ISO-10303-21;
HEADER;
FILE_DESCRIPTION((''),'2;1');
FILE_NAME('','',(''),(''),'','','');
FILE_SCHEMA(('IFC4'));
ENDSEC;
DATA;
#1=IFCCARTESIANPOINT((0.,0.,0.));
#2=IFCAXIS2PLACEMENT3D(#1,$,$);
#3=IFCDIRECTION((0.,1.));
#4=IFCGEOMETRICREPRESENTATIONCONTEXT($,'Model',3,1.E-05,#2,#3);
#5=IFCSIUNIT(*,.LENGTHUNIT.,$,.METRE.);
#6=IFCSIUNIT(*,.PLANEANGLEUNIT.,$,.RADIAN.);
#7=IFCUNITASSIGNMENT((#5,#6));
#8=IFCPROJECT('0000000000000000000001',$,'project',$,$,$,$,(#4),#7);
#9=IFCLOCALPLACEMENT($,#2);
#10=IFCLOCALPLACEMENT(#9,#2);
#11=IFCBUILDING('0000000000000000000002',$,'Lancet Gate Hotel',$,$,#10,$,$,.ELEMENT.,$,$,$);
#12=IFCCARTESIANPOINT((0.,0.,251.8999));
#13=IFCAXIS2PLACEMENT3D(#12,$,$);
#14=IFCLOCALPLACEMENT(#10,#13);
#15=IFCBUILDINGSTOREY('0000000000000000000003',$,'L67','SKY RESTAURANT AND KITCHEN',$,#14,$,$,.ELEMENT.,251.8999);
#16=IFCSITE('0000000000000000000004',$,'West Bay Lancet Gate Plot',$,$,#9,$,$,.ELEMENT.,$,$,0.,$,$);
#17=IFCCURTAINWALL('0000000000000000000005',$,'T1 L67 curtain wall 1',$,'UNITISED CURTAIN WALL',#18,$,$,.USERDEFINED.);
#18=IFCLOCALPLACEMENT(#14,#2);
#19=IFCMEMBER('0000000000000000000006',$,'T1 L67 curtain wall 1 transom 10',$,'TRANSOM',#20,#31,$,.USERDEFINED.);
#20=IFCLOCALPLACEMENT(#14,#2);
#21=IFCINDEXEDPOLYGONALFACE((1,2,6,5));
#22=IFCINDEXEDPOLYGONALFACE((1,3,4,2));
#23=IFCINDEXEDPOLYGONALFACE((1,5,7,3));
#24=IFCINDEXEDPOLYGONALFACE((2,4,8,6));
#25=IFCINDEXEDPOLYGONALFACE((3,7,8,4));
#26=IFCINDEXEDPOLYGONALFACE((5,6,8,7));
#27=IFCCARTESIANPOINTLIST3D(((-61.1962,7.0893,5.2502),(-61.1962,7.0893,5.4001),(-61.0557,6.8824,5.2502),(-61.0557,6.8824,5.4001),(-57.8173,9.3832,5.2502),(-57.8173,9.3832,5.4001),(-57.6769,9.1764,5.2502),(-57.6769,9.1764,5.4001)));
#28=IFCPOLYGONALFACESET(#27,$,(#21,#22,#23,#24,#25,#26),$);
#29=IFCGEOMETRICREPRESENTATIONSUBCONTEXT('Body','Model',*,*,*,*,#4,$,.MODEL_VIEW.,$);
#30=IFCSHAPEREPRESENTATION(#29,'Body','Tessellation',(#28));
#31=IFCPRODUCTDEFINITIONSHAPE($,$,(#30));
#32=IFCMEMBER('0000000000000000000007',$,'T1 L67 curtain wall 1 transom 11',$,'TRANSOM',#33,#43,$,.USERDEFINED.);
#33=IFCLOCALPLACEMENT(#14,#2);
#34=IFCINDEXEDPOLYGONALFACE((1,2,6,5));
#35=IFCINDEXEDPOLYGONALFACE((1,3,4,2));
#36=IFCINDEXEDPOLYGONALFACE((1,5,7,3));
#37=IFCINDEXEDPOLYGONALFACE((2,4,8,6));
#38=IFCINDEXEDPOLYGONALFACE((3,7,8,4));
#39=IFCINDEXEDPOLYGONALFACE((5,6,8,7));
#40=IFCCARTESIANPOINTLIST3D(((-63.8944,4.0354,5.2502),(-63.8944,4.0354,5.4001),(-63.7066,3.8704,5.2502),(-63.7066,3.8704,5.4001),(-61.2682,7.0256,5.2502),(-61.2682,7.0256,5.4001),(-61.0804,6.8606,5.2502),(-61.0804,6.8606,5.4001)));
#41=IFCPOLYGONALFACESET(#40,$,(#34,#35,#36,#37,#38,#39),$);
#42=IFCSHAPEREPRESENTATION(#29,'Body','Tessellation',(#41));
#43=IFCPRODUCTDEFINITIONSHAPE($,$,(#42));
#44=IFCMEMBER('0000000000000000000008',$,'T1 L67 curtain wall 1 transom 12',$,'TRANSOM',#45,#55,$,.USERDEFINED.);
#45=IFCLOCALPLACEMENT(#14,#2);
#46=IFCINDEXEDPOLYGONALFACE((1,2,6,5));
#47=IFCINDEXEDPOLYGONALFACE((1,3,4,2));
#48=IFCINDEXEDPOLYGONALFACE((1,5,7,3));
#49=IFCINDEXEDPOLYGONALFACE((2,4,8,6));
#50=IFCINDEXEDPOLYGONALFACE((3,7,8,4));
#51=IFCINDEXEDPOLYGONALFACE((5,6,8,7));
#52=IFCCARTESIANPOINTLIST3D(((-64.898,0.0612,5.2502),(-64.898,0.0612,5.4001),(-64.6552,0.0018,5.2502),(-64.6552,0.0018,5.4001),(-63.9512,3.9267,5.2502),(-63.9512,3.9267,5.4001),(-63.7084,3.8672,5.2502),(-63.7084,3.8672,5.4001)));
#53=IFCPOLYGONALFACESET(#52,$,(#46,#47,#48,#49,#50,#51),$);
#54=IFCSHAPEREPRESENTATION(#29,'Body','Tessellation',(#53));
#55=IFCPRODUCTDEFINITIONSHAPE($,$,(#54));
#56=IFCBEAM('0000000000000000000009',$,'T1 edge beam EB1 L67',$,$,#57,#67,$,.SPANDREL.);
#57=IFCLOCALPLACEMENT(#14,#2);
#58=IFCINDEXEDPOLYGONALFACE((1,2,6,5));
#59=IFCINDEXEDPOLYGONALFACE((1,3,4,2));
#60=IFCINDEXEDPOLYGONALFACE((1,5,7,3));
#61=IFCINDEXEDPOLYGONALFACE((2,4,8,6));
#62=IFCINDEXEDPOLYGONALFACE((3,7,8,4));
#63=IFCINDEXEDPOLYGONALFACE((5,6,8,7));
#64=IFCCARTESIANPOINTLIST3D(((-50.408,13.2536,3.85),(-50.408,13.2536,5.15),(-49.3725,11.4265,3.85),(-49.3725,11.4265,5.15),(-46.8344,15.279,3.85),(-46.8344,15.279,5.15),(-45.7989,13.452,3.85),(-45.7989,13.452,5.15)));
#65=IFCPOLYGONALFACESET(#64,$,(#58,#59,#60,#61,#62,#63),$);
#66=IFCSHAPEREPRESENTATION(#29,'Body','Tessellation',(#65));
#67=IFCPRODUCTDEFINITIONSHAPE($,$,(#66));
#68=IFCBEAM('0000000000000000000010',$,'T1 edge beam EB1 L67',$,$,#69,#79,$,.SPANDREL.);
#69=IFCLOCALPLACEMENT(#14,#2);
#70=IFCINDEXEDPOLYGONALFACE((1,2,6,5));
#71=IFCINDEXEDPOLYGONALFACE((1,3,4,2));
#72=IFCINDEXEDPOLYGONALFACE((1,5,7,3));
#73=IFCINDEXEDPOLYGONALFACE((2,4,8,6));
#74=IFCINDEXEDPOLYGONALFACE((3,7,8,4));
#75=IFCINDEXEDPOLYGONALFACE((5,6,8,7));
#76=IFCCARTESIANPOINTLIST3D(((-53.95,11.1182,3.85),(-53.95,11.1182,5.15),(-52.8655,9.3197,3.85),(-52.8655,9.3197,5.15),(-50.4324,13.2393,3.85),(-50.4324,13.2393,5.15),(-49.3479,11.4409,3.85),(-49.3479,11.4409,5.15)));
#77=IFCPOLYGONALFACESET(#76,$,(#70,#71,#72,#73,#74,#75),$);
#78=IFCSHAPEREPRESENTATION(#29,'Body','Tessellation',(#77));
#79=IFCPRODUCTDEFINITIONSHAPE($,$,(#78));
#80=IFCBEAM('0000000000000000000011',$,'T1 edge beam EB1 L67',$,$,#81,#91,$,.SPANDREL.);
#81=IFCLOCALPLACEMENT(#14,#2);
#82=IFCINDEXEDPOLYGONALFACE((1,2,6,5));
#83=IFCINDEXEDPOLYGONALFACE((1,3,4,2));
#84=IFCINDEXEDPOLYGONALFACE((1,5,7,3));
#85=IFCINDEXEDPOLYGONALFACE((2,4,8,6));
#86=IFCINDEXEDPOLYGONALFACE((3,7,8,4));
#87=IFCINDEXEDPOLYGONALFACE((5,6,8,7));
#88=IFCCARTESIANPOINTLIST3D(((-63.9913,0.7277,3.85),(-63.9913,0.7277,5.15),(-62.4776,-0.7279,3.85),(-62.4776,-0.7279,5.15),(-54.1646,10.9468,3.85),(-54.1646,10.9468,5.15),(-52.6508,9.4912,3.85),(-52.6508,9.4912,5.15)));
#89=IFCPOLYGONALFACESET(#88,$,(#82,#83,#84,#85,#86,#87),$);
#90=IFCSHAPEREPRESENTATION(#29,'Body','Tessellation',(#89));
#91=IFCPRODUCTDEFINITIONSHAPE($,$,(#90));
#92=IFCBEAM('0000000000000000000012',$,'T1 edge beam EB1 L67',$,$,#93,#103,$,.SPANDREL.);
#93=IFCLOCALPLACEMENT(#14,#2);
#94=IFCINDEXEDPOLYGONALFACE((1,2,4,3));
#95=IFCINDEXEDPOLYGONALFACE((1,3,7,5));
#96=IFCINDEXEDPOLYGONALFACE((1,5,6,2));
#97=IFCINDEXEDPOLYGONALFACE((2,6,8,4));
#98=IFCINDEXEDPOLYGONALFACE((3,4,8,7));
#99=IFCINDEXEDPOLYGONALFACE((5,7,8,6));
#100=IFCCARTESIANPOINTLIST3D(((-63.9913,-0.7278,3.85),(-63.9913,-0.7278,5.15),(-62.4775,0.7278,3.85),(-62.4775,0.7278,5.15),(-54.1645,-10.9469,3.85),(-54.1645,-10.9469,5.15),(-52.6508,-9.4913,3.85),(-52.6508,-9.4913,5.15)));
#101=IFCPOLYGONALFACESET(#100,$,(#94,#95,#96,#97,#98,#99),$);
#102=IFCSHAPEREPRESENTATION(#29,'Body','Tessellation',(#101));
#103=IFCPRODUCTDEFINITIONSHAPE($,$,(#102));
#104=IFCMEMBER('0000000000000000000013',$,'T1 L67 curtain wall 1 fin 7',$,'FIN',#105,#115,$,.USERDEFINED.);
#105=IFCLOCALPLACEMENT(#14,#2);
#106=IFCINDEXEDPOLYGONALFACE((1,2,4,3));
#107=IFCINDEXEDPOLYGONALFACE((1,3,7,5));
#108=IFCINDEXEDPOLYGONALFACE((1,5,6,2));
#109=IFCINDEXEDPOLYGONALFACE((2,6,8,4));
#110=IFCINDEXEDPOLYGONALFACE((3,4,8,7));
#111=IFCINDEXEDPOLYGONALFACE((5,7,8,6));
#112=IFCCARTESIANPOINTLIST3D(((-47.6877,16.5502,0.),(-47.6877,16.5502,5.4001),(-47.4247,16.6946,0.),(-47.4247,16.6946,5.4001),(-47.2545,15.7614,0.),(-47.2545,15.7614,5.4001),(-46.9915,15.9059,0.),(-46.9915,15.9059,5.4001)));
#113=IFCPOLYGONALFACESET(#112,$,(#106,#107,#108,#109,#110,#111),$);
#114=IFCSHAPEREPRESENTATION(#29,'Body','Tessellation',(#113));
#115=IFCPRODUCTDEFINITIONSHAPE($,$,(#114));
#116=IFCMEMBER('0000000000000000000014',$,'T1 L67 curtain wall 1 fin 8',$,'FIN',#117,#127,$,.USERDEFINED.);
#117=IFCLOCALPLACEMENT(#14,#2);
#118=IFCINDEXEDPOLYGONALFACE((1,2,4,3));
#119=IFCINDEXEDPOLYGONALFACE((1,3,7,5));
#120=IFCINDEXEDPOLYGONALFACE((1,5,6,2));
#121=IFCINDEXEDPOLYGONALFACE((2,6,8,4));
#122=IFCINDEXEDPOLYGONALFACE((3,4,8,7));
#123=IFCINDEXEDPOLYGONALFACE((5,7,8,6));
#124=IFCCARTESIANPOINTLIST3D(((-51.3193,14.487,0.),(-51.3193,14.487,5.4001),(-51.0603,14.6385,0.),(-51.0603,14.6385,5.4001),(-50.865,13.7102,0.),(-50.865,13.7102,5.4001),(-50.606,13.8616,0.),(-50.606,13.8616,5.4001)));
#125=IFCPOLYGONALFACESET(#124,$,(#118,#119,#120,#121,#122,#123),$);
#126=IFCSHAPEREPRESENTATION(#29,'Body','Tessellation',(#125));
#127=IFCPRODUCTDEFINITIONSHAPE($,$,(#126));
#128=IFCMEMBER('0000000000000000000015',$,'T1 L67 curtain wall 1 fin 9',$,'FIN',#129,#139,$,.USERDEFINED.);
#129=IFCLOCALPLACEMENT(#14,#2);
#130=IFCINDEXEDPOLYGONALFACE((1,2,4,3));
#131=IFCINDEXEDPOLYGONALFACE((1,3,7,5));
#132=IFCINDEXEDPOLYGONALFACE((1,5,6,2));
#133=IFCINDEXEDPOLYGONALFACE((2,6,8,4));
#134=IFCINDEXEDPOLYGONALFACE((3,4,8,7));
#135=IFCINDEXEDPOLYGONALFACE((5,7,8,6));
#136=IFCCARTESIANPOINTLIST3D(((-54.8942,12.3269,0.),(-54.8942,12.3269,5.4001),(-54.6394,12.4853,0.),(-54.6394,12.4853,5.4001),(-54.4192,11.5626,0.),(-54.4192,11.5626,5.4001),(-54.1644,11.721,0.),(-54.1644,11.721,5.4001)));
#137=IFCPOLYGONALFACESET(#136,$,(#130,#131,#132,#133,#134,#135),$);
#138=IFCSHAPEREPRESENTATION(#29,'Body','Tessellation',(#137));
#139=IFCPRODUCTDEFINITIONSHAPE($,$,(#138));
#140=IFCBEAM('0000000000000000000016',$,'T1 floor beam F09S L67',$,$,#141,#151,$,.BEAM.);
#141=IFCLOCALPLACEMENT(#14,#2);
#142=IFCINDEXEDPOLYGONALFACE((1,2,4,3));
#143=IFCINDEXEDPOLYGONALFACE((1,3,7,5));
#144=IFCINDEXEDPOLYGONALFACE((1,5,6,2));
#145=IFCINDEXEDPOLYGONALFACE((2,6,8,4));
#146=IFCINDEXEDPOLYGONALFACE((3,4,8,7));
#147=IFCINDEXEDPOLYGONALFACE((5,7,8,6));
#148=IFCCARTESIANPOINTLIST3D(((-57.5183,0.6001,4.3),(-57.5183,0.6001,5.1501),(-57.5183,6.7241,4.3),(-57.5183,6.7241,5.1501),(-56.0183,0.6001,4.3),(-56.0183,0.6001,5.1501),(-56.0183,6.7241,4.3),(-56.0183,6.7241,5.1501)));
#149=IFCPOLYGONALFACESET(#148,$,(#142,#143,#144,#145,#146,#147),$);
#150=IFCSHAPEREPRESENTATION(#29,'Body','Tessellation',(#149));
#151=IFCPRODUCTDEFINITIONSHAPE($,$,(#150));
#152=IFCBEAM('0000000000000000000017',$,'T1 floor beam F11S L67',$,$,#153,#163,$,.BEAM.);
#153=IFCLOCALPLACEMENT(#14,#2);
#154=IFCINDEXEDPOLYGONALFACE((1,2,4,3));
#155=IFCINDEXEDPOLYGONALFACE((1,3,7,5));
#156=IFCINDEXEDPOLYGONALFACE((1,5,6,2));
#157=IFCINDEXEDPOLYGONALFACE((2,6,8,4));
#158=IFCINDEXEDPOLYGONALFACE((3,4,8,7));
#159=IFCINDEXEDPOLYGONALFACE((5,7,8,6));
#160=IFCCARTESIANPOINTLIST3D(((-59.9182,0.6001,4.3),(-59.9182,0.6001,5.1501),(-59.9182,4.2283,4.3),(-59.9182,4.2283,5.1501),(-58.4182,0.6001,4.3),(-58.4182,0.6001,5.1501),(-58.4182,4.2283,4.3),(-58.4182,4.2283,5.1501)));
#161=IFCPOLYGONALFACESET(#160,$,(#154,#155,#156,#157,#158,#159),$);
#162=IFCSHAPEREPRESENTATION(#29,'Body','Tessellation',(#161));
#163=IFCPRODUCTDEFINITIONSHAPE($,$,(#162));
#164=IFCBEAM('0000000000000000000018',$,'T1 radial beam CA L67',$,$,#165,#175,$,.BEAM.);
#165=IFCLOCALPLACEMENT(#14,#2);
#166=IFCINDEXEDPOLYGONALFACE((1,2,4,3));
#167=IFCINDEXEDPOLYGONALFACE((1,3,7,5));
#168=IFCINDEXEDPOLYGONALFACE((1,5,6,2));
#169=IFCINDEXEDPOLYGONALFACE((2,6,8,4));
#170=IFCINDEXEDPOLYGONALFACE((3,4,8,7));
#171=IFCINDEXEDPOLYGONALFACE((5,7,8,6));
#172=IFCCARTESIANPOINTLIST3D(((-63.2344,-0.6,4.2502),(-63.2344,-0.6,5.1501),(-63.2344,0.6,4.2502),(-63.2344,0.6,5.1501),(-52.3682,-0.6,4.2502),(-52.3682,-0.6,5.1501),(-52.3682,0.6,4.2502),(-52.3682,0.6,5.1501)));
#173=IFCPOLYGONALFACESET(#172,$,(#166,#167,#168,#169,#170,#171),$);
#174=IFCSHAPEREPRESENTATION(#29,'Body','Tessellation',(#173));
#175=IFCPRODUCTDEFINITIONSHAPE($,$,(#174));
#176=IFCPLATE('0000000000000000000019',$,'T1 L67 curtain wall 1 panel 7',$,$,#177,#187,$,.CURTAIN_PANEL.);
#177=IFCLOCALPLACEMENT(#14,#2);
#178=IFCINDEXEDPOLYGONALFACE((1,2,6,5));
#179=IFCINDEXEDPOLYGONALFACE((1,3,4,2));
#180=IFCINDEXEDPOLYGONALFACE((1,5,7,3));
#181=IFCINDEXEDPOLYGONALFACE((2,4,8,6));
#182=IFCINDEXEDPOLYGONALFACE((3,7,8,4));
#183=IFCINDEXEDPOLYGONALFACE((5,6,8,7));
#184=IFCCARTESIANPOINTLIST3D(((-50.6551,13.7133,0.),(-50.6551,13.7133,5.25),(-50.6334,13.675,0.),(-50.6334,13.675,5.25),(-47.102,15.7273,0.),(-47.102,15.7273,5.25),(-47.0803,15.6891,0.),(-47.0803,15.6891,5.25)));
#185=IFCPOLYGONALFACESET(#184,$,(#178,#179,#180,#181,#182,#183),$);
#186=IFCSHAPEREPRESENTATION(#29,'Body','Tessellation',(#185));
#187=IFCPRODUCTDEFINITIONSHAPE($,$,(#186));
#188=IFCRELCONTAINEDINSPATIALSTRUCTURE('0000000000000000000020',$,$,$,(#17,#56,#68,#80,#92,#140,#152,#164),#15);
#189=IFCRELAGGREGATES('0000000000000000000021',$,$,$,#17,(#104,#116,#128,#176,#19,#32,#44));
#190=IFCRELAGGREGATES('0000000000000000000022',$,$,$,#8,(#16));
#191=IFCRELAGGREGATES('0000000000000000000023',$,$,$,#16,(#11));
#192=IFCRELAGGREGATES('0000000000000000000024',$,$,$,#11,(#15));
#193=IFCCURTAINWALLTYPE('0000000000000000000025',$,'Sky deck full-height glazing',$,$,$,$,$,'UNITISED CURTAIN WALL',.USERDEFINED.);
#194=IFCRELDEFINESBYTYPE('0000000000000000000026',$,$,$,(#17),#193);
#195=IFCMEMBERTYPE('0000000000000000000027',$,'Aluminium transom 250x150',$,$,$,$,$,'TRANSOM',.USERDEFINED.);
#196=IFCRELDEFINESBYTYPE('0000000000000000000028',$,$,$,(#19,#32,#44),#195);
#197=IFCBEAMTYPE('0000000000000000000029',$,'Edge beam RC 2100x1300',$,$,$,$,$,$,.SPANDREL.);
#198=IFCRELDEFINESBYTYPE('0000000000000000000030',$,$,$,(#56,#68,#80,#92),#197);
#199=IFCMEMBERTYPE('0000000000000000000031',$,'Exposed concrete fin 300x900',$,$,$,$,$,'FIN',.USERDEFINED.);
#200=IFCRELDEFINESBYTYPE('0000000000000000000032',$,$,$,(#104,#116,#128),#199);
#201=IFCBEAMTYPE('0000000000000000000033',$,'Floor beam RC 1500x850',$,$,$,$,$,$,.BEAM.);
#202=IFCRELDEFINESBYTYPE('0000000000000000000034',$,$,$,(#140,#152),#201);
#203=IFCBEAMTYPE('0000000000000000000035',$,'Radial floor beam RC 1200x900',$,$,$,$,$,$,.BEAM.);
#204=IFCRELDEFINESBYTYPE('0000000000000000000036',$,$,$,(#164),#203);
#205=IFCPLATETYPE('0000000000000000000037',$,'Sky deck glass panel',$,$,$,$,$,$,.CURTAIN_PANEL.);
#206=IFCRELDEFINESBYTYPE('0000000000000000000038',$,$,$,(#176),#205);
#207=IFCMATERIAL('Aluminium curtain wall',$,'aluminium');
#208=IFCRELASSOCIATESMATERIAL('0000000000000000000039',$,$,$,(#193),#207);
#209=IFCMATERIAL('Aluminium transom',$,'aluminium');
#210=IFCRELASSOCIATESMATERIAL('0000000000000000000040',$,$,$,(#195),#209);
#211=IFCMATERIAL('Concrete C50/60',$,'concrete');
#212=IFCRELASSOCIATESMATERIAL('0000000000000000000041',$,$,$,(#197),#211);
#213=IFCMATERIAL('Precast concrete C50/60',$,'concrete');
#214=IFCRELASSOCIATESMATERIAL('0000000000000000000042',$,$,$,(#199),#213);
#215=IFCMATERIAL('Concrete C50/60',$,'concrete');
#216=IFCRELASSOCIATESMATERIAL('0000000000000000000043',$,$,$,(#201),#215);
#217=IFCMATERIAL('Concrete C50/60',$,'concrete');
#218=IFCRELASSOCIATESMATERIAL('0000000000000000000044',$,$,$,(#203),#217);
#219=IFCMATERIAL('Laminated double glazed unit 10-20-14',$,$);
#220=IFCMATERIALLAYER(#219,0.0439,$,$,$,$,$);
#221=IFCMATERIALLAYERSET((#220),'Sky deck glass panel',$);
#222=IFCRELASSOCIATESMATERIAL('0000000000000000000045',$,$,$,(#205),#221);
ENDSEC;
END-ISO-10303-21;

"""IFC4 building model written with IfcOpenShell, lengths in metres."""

from ifc_helpers import new_model, si_unit, direction, frame, origin, origin_2d, place, context, subcontext, project, spatial, rectangle, extrude, material, layer, layer_set, material_profile, profile_set, type_object, element, aggregate, save


model = new_model("IFC4")

# Units and contexts
model_context = context("Model", 3, precision=1e-05, world=origin(), true_north=direction((0.0, 1.0)))
body_context = subcontext(model_context, "Body", "Model", "MODEL_VIEW")
ifc_project = project(units=[si_unit("LENGTHUNIT", "METRE"), si_unit("PLANEANGLEUNIT", "RADIAN")], contexts=[model_context])

# Site, building, storey
site_placement = place(None, origin())
site = spatial("IfcSite", under=ifc_project, at=site_placement, Name="West Bay Lancet Gate Plot", CompositionType="ELEMENT", RefElevation=0.0)
building_placement = place(site_placement, origin())
building = spatial("IfcBuilding", under=site, at=building_placement, Name="Lancet Gate Hotel", CompositionType="ELEMENT")
storey_placement = place(building_placement, frame((0.0, 0.0, 251.8999)))
storey = spatial("IfcBuildingStorey", under=building, at=storey_placement, Name="L67", Description="SKY RESTAURANT AND KITCHEN", CompositionType="ELEMENT", Elevation=251.8999)

# Curtain wall, members
ifc_material_1 = material(Name="Aluminium curtain wall", Category="aluminium")
curtain_wall_type = type_object("IfcCurtainWallType", Name="Sky deck full-height glazing", ElementType="UNITISED CURTAIN WALL", PredefinedType="USERDEFINED", material=ifc_material_1)
curtain_wall_placement = place(storey_placement, origin())
curtain_wall = element("IfcCurtainWall", 1, at=curtain_wall_placement, inside=storey, type_object=curtain_wall_type, Name="T1 L67 curtain wall 1", ObjectType="UNITISED CURTAIN WALL", PredefinedType="USERDEFINED")
ifc_material_2 = material(Name="Aluminium transom", Category="aluminium")
ifc_material_profile_1 = material_profile(ifc_material_2, rectangle(XDim=0.25, YDim=0.1499, at=origin_2d()), Name="TRANSOM 250x150")
ifc_profile_set_1 = profile_set([ifc_material_profile_1], Name="Aluminium transom")
member_type_1 = type_object("IfcMemberType", Name="Aluminium transom 250x150", ElementType="TRANSOM", PredefinedType="USERDEFINED", material=ifc_profile_set_1)
member_1_placement = place(storey_placement, frame((-57.7471, 9.2798, 5.3252), z_axis=(-0.827349, -0.561689, 0.0), x_axis=(0.561689, -0.827349, 0.0)))
member_1 = element("IfcMember", 2, at=member_1_placement, type_object=member_type_1, Name="T1 L67 curtain wall 1 transom 10", ObjectType="TRANSOM", PredefinedType="USERDEFINED", context=body_context, shape_type="SweptSolid", body=[
    extrude(rectangle(XDim=0.25, YDim=0.1499, at=origin_2d()), origin(), (0.0, 0.0, 1.0), 4.084),
])
member_2_placement = place(storey_placement, frame((-61.1743, 6.9431, 5.3252), z_axis=(-0.659893, -0.751359, 0.0), x_axis=(0.751359, -0.659893, 0.0)))
member_2 = element("IfcMember", 3, at=member_2_placement, type_object=member_type_1, Name="T1 L67 curtain wall 1 transom 11", ObjectType="TRANSOM", PredefinedType="USERDEFINED", context=body_context, shape_type="SweptSolid", body=[
    extrude(rectangle(XDim=0.25, YDim=0.1499, at=origin_2d()), origin(), (0.0, 0.0, 1.0), 3.9797),
])
member_3_placement = place(storey_placement, frame((-63.8298, 3.897, 5.3252), z_axis=(-0.237899, -0.97129, 0.0), x_axis=(0.97129, -0.237899, 0.0)))
member_3 = element("IfcMember", 4, at=member_3_placement, type_object=member_type_1, Name="T1 L67 curtain wall 1 transom 12", ObjectType="TRANSOM", PredefinedType="USERDEFINED", context=body_context, shape_type="SweptSolid", body=[
    extrude(rectangle(XDim=0.25, YDim=0.1499, at=origin_2d()), origin(), (0.0, 0.0, 1.0), 3.9797),
])

# Beams
ifc_material_3 = material(Name="Concrete C50/60", Category="concrete")
ifc_material_profile_2 = material_profile(ifc_material_3, rectangle(XDim=2.1001, YDim=1.3, at=origin_2d()), Name="RC 2100x1300")
ifc_profile_set_2 = profile_set([ifc_material_profile_2], Name="Concrete C50/60")
beam_type_1 = type_object("IfcBeamType", Name="Edge beam RC 2100x1300", PredefinedType="SPANDREL", material=ifc_profile_set_2)
for number, where, z_axis, x_axis, name in (
    (5, (-46.3167, 14.3655, 4.5), (-0.869979, -0.493089, 0.0), (0.493089, -0.869979, 0.0), "T1 edge beam EB1 L67"),
    (6, (-49.8901, 12.3401, 4.5), (-0.856358, -0.516382, 0.0), (0.516382, -0.856358, 0.0), "T1 edge beam EB1 L67"),
):
    element("IfcBeam", number, at=place(storey_placement, frame(where, z_axis=z_axis, x_axis=x_axis)), inside=storey, type_object=beam_type_1, Name=name, PredefinedType="SPANDREL", context=body_context, shape_type="SweptSolid", body=[
        extrude(rectangle(XDim=2.1001, YDim=1.3, at=origin_2d()), origin(), (0.0, 0.0, 1.0), 4.1077),
    ])
for number, where, z_axis, x_axis, name in (
    (7, (-53.4077, 10.219, 4.5), (-0.693135, -0.720808, 0.0), (0.720808, -0.693135, 0.0), "T1 edge beam EB1 L67"),
    (8, (-63.2344, 0.0, 4.5), (0.693135, -0.720808, 0.0), (0.720808, 0.693135, 0.0), "T1 edge beam EB1 L67"),
):
    element("IfcBeam", number, at=place(storey_placement, frame(where, z_axis=z_axis, x_axis=x_axis)), inside=storey, type_object=beam_type_1, Name=name, PredefinedType="SPANDREL", context=body_context, shape_type="SweptSolid", body=[
        extrude(rectangle(XDim=2.1001, YDim=1.3, at=origin_2d()), origin(), (0.0, 0.0, 1.0), 14.1772),
    ])

# Members
ifc_material_4 = material(Name="Precast concrete C50/60", Category="concrete")
ifc_material_profile_3 = material_profile(ifc_material_4, rectangle(XDim=0.3, YDim=0.8999, at=origin_2d()), Name="FIN 300x900")
ifc_profile_set_3 = profile_set([ifc_material_profile_3], Name="Precast concrete C50/60")
member_type_2 = type_object("IfcMemberType", Name="Exposed concrete fin 300x900", ElementType="FIN", PredefinedType="USERDEFINED", material=ifc_profile_set_3)
member_4_placement = place(storey_placement, frame((-47.3396, 16.228, 0.0), z_axis=(0.0, 0.0, 1.0), x_axis=(-0.876516, -0.481372, 0.0)))
member_4 = element("IfcMember", 9, at=member_4_placement, type_object=member_type_2, Name="T1 L67 curtain wall 1 fin 7", ObjectType="FIN", PredefinedType="USERDEFINED", context=body_context, shape_type="SweptSolid", body=[
    extrude(rectangle(XDim=0.3, YDim=0.8999, at=origin_2d()), origin(), (0.0, 0.0, 1.0), 5.4001),
])
member_5_placement = place(storey_placement, frame((-50.9626, 14.1743, 0.0), z_axis=(0.0, 0.0, 1.0), x_axis=(-0.863242, -0.50479, 0.0)))
member_5 = element("IfcMember", 10, at=member_5_placement, type_object=member_type_2, Name="T1 L67 curtain wall 1 fin 8", ObjectType="FIN", PredefinedType="USERDEFINED", context=body_context, shape_type="SweptSolid", body=[
    extrude(rectangle(XDim=0.3, YDim=0.8999, at=origin_2d()), origin(), (0.0, 0.0, 1.0), 5.4001),
])
member_6_placement = place(storey_placement, frame((-54.5293, 12.0239, 0.0), z_axis=(0.0, 0.0, 1.0), x_axis=(-0.849342, -0.527842, 0.0)))
member_6 = element("IfcMember", 11, at=member_6_placement, type_object=member_type_2, Name="T1 L67 curtain wall 1 fin 9", ObjectType="FIN", PredefinedType="USERDEFINED", context=body_context, shape_type="SweptSolid", body=[
    extrude(rectangle(XDim=0.3, YDim=0.8999, at=origin_2d()), origin(), (0.0, 0.0, 1.0), 5.4001),
])

# Beams
ifc_material_5 = material(Name="Concrete C50/60", Category="concrete")
ifc_material_profile_4 = material_profile(ifc_material_5, rectangle(XDim=1.5, YDim=0.8501, at=origin_2d()), Name="RC 1500x850")
ifc_profile_set_4 = profile_set([ifc_material_profile_4], Name="Concrete C50/60")
beam_type_2 = type_object("IfcBeamType", Name="Floor beam RC 1500x850", PredefinedType="BEAM", material=ifc_profile_set_4)
beam_1_placement = place(storey_placement, frame((-56.7683, 6.7241, 4.7251), z_axis=(0.0, -1.0, 0.0), x_axis=(1.0, 0.0, 0.0)))
element("IfcBeam", 12, at=beam_1_placement, inside=storey, type_object=beam_type_2, Name="T1 floor beam F09S L67", PredefinedType="BEAM", context=body_context, shape_type="SweptSolid", body=[
    extrude(rectangle(XDim=1.5, YDim=0.8501, at=origin_2d()), origin(), (0.0, 0.0, 1.0), 6.124),
])
beam_2_placement = place(storey_placement, frame((-59.1682, 4.2283, 4.7251), z_axis=(0.0, -1.0, 0.0), x_axis=(1.0, 0.0, 0.0)))
element("IfcBeam", 13, at=beam_2_placement, inside=storey, type_object=beam_type_2, Name="T1 floor beam F11S L67", PredefinedType="BEAM", context=body_context, shape_type="SweptSolid", body=[
    extrude(rectangle(XDim=1.5, YDim=0.8501, at=origin_2d()), origin(), (0.0, 0.0, 1.0), 3.6282),
])
ifc_material_6 = material(Name="Concrete C50/60", Category="concrete")
ifc_material_profile_5 = material_profile(ifc_material_6, rectangle(XDim=1.2, YDim=0.8999, at=origin_2d()), Name="RC 1200x900")
ifc_profile_set_5 = profile_set([ifc_material_profile_5], Name="Concrete C50/60")
beam_type_3 = type_object("IfcBeamType", Name="Radial floor beam RC 1200x900", PredefinedType="BEAM", material=ifc_profile_set_5)
beam_3_placement = place(storey_placement, frame((-63.2344, 0.0, 4.7002), z_axis=(1.0, 0.0, 0.0), x_axis=(0.0, 1.0, 0.0)))
element("IfcBeam", 14, at=beam_3_placement, inside=storey, type_object=beam_type_3, Name="T1 radial beam CA L67", PredefinedType="BEAM", context=body_context, shape_type="SweptSolid", body=[
    extrude(rectangle(XDim=1.2, YDim=0.8999, at=origin_2d()), origin(), (0.0, 0.0, 1.0), 10.8662),
])

# Plate
ifc_material_7 = material(Name="Laminated double glazed unit 10-20-14")
ifc_layer_1 = layer(ifc_material_7, 0.0439)
ifc_layer_set_1 = layer_set([ifc_layer_1], Name="Sky deck glass panel")
plate_type = type_object("IfcPlateType", Name="Sky deck glass panel", PredefinedType="CURTAIN_PANEL", material=ifc_layer_set_1)
plate_1_placement = place(storey_placement, frame((-48.8677, 14.7012, 0.0), z_axis=(0.0, 0.0, 1.0), x_axis=(-0.869958, -0.493126, 0.0)))
plate_1 = element("IfcPlate", 15, at=plate_1_placement, type_object=plate_type, Name="T1 L67 curtain wall 1 panel 7", PredefinedType="CURTAIN_PANEL", context=body_context, shape_type="SweptSolid", body=[
    extrude(rectangle(XDim=4.0842, YDim=0.0439, at=origin_2d()), origin(), (0.0, 0.0, 1.0), 5.25),
])
aggregate(curtain_wall, [member_4, member_5, member_6, plate_1, member_1, member_2, member_3])

save(model, "model.ifc")
